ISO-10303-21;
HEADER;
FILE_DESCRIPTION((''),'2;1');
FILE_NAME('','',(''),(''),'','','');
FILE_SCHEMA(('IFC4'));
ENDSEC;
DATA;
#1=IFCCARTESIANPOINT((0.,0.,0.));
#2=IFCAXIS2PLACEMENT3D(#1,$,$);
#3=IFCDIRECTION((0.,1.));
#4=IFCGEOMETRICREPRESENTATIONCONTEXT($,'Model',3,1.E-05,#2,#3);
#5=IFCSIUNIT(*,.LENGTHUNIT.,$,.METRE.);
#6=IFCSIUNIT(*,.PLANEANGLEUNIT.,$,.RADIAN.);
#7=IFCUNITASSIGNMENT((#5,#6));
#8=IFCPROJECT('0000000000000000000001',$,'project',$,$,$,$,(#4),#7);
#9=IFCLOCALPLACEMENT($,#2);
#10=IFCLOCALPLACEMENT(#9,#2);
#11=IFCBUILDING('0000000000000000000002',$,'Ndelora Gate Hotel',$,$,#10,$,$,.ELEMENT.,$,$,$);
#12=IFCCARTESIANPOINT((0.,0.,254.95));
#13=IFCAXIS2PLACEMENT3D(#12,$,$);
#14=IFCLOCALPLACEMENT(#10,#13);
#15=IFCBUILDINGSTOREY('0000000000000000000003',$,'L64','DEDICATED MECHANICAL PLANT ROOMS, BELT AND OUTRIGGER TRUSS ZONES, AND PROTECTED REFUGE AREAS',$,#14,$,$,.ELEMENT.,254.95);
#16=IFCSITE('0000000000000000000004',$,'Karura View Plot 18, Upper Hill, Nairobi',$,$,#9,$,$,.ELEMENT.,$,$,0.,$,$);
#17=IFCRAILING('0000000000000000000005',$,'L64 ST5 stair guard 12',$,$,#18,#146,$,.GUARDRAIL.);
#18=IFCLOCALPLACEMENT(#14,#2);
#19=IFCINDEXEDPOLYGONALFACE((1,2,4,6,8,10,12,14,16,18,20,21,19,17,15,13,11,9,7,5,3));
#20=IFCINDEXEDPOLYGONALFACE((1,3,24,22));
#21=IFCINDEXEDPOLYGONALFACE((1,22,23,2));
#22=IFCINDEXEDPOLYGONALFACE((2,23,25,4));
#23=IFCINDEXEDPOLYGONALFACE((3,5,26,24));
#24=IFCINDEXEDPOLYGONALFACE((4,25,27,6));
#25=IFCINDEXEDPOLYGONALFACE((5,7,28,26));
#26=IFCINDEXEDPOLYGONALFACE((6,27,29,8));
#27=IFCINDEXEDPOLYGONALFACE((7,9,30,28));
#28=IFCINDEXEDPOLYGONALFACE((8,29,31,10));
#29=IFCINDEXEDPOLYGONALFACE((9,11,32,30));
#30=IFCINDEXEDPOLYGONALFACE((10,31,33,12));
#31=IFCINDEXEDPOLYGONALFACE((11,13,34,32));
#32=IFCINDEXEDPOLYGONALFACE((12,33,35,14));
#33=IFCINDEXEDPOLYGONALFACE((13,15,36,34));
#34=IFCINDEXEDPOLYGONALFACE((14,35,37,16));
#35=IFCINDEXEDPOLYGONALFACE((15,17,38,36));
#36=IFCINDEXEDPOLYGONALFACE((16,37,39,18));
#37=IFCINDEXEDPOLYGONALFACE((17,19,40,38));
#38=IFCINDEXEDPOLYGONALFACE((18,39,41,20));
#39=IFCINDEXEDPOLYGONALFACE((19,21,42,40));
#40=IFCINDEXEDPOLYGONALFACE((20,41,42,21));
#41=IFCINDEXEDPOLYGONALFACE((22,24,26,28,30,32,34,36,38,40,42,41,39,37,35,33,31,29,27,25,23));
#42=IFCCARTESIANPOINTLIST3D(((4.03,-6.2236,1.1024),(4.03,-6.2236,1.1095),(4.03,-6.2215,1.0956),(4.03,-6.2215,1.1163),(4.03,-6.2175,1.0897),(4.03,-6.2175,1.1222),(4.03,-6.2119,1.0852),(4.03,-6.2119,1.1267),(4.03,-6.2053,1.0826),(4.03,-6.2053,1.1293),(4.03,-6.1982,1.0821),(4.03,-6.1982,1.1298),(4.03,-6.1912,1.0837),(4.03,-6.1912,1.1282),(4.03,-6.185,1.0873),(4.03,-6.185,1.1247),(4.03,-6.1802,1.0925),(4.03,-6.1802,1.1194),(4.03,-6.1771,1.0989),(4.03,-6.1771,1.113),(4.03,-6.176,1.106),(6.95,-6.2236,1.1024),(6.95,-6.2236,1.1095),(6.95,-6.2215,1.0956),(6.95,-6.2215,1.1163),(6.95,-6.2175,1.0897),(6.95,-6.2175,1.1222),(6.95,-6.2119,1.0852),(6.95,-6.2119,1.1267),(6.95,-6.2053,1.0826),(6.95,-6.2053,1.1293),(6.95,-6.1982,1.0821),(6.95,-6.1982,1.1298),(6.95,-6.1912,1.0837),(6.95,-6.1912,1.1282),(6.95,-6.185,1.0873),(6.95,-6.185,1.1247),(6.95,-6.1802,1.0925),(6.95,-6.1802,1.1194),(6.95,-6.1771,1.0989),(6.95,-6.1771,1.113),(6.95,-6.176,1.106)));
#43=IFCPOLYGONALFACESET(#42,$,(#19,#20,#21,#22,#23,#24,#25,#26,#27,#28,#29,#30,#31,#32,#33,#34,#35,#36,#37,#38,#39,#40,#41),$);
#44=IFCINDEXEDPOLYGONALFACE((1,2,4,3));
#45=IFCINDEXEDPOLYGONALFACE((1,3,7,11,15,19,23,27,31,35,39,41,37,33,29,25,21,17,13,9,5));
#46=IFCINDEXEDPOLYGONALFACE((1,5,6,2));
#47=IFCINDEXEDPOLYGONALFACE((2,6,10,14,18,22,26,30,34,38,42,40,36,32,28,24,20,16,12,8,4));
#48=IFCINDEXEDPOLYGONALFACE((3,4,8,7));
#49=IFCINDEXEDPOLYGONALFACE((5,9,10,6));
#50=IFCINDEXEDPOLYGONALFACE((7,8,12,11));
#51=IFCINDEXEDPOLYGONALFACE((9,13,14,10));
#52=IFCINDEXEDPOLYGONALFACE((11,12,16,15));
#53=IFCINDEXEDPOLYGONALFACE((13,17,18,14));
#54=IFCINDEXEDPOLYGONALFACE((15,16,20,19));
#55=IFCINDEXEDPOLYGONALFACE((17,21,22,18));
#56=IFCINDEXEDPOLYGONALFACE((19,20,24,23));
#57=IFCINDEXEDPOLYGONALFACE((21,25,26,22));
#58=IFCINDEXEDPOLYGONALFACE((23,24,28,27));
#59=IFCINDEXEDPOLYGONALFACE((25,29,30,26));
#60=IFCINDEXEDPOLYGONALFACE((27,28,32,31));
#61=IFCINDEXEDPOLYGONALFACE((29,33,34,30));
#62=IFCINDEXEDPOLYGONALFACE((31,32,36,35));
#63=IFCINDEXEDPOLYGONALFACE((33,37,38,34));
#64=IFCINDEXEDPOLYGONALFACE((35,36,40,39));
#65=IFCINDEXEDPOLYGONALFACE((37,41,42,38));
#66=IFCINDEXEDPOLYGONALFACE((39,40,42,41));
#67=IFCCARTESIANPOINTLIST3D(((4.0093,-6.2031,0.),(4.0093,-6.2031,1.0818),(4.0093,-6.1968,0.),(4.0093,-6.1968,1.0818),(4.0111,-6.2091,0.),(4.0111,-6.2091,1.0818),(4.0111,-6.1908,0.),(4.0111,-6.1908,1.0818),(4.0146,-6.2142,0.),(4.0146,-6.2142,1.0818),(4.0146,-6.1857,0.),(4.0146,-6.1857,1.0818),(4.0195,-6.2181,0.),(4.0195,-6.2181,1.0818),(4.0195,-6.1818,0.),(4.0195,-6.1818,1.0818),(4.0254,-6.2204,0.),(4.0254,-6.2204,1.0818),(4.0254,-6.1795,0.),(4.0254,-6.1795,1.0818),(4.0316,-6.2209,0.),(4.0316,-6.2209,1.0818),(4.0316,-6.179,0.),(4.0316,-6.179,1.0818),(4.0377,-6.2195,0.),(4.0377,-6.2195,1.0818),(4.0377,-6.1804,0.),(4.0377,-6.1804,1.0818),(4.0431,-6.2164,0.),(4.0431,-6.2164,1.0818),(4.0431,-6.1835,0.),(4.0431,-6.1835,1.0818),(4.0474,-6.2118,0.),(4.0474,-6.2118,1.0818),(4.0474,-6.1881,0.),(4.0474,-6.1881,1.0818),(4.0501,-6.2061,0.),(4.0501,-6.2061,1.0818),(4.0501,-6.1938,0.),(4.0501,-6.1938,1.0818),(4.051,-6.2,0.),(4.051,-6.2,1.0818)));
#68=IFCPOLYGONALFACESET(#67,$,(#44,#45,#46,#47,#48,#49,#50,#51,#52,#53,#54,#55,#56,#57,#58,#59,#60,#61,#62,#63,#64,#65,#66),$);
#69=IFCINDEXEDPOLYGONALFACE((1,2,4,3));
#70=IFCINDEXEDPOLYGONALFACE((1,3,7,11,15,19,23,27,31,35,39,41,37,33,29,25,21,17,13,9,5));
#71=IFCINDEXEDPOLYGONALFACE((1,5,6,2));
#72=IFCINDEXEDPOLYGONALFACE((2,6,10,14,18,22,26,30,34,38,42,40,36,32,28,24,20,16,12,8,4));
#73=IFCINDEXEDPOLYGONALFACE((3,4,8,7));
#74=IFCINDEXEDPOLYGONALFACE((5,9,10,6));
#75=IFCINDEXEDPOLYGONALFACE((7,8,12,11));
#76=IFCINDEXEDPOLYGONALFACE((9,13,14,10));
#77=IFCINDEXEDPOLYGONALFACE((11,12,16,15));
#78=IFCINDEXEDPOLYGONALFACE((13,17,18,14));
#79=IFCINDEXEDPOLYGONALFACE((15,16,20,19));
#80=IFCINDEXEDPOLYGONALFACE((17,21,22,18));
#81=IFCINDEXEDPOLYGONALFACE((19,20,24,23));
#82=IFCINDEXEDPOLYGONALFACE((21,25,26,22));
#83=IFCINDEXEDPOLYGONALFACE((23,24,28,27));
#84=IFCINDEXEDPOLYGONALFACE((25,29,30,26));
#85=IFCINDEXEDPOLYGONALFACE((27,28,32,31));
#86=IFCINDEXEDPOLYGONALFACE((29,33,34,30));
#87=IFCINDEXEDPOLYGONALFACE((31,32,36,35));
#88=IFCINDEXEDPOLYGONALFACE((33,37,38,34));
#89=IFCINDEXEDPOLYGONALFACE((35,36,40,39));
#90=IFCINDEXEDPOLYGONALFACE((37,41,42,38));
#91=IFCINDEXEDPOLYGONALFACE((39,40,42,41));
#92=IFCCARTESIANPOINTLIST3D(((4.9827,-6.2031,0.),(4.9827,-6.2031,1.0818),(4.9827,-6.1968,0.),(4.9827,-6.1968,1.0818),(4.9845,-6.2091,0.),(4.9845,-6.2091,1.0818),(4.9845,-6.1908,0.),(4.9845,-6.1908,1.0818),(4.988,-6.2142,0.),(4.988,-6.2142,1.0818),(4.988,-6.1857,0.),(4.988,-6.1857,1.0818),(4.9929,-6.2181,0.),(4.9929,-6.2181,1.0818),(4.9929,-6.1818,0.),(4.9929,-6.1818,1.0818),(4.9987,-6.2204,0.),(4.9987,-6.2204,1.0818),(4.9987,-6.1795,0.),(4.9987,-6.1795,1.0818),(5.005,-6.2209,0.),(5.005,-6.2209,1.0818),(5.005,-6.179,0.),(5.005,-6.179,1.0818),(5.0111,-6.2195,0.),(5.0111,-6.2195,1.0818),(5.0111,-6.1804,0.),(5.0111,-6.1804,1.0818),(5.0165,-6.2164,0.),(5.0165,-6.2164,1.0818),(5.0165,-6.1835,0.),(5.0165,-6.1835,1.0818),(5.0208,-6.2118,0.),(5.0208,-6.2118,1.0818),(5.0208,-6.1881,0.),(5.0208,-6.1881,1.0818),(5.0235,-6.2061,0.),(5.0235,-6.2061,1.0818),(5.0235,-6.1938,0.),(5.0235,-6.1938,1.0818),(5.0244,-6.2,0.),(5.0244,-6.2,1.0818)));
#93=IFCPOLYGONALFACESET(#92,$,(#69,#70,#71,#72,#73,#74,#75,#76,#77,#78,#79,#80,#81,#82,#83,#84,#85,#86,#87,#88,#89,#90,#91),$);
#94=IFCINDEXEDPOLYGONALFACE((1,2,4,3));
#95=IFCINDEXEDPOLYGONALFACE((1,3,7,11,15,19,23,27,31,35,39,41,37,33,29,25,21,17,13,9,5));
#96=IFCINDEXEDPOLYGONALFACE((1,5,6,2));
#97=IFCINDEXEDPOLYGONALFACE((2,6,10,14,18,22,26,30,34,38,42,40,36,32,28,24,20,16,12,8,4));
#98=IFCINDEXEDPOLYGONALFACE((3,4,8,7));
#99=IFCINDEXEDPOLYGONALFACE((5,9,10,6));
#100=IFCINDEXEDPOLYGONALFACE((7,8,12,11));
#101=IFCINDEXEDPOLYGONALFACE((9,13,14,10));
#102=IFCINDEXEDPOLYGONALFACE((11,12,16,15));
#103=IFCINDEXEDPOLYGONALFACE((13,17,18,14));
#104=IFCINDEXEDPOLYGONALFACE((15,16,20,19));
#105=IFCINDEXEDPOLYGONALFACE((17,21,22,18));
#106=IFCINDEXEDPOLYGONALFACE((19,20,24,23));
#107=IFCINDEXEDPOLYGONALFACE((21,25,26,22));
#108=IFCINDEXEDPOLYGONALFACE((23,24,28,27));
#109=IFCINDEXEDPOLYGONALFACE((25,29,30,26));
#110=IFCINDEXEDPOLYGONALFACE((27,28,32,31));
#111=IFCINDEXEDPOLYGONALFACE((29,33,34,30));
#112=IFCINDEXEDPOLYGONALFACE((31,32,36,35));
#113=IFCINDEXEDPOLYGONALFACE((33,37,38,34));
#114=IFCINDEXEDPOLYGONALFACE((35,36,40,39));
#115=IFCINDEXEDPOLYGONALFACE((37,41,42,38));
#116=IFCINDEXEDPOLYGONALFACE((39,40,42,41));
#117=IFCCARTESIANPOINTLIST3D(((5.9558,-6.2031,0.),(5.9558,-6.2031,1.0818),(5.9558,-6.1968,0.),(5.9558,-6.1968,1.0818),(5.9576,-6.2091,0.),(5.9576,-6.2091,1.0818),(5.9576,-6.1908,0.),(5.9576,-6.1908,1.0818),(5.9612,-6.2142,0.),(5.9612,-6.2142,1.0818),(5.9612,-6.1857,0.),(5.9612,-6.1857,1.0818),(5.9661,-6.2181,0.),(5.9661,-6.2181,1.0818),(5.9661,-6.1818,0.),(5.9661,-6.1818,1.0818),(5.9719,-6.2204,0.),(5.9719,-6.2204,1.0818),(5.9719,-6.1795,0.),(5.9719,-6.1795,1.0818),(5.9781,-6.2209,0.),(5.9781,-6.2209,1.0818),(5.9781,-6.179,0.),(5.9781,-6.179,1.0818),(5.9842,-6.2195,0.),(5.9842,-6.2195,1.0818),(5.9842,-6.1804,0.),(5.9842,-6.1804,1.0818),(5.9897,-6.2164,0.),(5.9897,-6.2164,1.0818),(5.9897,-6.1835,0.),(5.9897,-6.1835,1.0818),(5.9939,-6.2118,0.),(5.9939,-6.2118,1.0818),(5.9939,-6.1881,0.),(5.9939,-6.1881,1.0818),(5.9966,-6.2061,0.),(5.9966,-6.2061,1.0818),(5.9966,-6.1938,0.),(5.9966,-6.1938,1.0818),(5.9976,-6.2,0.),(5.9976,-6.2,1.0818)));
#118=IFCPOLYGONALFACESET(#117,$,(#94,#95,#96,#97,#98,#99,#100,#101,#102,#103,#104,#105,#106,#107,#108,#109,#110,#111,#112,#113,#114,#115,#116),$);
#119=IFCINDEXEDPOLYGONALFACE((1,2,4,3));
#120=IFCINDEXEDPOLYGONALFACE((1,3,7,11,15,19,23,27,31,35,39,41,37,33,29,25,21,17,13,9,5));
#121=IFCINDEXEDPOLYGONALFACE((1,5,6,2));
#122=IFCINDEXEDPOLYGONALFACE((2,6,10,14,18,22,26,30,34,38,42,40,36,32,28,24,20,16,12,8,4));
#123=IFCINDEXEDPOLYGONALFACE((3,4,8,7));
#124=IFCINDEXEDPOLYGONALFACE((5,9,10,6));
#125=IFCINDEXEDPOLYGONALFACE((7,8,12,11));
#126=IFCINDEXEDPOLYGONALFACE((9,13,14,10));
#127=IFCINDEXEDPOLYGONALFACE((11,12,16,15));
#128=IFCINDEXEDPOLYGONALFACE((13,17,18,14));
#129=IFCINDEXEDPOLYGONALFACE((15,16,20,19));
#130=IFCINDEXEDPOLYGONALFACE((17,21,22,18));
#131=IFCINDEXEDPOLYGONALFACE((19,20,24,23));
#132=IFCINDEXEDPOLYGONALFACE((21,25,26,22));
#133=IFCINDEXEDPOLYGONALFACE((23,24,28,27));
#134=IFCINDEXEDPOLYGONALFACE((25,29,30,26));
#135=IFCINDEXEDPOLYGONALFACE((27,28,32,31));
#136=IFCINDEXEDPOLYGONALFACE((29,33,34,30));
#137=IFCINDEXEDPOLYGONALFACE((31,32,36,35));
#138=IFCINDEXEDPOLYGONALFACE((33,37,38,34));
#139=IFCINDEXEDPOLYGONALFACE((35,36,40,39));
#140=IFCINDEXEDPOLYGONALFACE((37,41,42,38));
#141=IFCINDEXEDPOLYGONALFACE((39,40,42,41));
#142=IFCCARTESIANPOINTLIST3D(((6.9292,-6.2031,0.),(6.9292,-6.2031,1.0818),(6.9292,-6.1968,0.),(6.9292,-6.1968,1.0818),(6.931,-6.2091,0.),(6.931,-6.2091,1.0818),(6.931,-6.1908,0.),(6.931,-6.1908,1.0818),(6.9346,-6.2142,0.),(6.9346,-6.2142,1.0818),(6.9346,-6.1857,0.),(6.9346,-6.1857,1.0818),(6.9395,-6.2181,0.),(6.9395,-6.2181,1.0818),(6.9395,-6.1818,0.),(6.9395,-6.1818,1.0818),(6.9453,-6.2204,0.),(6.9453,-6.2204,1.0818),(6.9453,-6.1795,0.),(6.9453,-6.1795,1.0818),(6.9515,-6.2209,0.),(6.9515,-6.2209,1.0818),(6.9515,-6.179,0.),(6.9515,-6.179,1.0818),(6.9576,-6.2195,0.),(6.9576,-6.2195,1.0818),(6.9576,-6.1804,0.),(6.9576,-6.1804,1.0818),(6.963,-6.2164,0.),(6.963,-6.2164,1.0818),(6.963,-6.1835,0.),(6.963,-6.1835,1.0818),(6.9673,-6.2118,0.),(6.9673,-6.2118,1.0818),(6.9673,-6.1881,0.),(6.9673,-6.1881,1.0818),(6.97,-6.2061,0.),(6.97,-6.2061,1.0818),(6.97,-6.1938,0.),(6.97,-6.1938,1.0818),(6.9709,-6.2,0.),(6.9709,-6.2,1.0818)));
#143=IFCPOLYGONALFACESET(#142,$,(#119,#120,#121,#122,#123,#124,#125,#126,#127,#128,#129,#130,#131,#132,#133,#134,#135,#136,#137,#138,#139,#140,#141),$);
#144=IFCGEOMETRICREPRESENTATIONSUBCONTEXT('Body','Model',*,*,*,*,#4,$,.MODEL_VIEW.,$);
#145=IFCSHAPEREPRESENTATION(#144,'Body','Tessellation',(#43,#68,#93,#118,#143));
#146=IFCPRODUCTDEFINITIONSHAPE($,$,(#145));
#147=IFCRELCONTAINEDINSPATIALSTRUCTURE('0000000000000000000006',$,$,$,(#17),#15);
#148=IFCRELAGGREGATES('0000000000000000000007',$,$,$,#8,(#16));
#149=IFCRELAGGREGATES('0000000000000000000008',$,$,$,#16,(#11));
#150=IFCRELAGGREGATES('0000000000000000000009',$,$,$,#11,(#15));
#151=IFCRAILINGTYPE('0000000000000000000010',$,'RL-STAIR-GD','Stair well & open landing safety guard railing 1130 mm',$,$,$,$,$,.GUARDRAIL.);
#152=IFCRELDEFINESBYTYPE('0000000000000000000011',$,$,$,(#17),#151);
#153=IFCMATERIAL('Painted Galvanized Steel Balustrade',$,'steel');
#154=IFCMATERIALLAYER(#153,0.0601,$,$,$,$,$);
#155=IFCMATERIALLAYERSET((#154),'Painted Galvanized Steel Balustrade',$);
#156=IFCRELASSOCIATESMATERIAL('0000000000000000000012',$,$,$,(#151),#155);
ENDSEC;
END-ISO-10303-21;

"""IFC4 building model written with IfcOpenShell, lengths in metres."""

from ifc_helpers import new_model, si_unit, direction, frame, origin, origin_2d, place, context, subcontext, project, spatial, circle, extrude, material, layer, layer_set, type_object, element, save


model = new_model("IFC4")

# Units and contexts
model_context = context("Model", 3, precision=1e-05, world=origin(), true_north=direction((0.0, 1.0)))
body_context = subcontext(model_context, "Body", "Model", "MODEL_VIEW")
ifc_project = project(units=[si_unit("LENGTHUNIT", "METRE"), si_unit("PLANEANGLEUNIT", "RADIAN")], contexts=[model_context])

# Site, building, storey
site_placement = place(None, origin())
site = spatial("IfcSite", under=ifc_project, at=site_placement, Name="Karura View Plot 18, Upper Hill, Nairobi", CompositionType="ELEMENT", RefElevation=0.0)
building_placement = place(site_placement, origin())
building = spatial("IfcBuilding", under=site, at=building_placement, Name="Ndelora Gate Hotel", CompositionType="ELEMENT")
storey_placement = place(building_placement, frame((0.0, 0.0, 254.95)))
storey = spatial("IfcBuildingStorey", under=building, at=storey_placement, Name="L64", Description="DEDICATED MECHANICAL PLANT ROOMS, BELT AND OUTRIGGER TRUSS ZONES, AND PROTECTED REFUGE AREAS", CompositionType="ELEMENT", Elevation=254.95)

# Railing
ifc_material_1 = material(Name="Painted Galvanized Steel Balustrade", Category="steel")
ifc_layer_1 = layer(ifc_material_1, 0.0601)
ifc_layer_set_1 = layer_set([ifc_layer_1], Name="Painted Galvanized Steel Balustrade")
railing_type_1 = type_object("IfcRailingType", Name="RL-STAIR-GD", Description="Stair well & open landing safety guard railing 1130 mm", PredefinedType="GUARDRAIL", material=ifc_layer_set_1)
railing_1_placement = place(storey_placement, frame((4.03, -6.2, 0.0)))
element("IfcRailing", 1, at=railing_1_placement, inside=storey, type_object=railing_type_1, Name="L64 ST5 stair guard 12", PredefinedType="GUARDRAIL", context=body_context, shape_type="SweptSolid", body=[
    extrude(circle(Radius=0.0239, at=origin_2d()), frame((0.0, 0.0, 1.106), z_axis=(1.0, 0.0, 0.0), x_axis=(0.0, 1.0, 0.0)), (0.0, 0.0, 1.0), 2.9199),
    extrude(circle(Radius=0.021, at=origin_2d()), origin(), (0.0, 0.0, 1.0), 1.0818),
    extrude(circle(Radius=0.021, at=origin_2d()), frame((0.9734, 0.0, 0.0)), (0.0, 0.0, 1.0), 1.0818),
    extrude(circle(Radius=0.021, at=origin_2d()), frame((1.9465, 0.0, 0.0)), (0.0, 0.0, 1.0), 1.0818),
    extrude(circle(Radius=0.021, at=origin_2d()), frame((2.9199, 0.0, 0.0)), (0.0, 0.0, 1.0), 1.0818),
])

save(model, "model.ifc")
